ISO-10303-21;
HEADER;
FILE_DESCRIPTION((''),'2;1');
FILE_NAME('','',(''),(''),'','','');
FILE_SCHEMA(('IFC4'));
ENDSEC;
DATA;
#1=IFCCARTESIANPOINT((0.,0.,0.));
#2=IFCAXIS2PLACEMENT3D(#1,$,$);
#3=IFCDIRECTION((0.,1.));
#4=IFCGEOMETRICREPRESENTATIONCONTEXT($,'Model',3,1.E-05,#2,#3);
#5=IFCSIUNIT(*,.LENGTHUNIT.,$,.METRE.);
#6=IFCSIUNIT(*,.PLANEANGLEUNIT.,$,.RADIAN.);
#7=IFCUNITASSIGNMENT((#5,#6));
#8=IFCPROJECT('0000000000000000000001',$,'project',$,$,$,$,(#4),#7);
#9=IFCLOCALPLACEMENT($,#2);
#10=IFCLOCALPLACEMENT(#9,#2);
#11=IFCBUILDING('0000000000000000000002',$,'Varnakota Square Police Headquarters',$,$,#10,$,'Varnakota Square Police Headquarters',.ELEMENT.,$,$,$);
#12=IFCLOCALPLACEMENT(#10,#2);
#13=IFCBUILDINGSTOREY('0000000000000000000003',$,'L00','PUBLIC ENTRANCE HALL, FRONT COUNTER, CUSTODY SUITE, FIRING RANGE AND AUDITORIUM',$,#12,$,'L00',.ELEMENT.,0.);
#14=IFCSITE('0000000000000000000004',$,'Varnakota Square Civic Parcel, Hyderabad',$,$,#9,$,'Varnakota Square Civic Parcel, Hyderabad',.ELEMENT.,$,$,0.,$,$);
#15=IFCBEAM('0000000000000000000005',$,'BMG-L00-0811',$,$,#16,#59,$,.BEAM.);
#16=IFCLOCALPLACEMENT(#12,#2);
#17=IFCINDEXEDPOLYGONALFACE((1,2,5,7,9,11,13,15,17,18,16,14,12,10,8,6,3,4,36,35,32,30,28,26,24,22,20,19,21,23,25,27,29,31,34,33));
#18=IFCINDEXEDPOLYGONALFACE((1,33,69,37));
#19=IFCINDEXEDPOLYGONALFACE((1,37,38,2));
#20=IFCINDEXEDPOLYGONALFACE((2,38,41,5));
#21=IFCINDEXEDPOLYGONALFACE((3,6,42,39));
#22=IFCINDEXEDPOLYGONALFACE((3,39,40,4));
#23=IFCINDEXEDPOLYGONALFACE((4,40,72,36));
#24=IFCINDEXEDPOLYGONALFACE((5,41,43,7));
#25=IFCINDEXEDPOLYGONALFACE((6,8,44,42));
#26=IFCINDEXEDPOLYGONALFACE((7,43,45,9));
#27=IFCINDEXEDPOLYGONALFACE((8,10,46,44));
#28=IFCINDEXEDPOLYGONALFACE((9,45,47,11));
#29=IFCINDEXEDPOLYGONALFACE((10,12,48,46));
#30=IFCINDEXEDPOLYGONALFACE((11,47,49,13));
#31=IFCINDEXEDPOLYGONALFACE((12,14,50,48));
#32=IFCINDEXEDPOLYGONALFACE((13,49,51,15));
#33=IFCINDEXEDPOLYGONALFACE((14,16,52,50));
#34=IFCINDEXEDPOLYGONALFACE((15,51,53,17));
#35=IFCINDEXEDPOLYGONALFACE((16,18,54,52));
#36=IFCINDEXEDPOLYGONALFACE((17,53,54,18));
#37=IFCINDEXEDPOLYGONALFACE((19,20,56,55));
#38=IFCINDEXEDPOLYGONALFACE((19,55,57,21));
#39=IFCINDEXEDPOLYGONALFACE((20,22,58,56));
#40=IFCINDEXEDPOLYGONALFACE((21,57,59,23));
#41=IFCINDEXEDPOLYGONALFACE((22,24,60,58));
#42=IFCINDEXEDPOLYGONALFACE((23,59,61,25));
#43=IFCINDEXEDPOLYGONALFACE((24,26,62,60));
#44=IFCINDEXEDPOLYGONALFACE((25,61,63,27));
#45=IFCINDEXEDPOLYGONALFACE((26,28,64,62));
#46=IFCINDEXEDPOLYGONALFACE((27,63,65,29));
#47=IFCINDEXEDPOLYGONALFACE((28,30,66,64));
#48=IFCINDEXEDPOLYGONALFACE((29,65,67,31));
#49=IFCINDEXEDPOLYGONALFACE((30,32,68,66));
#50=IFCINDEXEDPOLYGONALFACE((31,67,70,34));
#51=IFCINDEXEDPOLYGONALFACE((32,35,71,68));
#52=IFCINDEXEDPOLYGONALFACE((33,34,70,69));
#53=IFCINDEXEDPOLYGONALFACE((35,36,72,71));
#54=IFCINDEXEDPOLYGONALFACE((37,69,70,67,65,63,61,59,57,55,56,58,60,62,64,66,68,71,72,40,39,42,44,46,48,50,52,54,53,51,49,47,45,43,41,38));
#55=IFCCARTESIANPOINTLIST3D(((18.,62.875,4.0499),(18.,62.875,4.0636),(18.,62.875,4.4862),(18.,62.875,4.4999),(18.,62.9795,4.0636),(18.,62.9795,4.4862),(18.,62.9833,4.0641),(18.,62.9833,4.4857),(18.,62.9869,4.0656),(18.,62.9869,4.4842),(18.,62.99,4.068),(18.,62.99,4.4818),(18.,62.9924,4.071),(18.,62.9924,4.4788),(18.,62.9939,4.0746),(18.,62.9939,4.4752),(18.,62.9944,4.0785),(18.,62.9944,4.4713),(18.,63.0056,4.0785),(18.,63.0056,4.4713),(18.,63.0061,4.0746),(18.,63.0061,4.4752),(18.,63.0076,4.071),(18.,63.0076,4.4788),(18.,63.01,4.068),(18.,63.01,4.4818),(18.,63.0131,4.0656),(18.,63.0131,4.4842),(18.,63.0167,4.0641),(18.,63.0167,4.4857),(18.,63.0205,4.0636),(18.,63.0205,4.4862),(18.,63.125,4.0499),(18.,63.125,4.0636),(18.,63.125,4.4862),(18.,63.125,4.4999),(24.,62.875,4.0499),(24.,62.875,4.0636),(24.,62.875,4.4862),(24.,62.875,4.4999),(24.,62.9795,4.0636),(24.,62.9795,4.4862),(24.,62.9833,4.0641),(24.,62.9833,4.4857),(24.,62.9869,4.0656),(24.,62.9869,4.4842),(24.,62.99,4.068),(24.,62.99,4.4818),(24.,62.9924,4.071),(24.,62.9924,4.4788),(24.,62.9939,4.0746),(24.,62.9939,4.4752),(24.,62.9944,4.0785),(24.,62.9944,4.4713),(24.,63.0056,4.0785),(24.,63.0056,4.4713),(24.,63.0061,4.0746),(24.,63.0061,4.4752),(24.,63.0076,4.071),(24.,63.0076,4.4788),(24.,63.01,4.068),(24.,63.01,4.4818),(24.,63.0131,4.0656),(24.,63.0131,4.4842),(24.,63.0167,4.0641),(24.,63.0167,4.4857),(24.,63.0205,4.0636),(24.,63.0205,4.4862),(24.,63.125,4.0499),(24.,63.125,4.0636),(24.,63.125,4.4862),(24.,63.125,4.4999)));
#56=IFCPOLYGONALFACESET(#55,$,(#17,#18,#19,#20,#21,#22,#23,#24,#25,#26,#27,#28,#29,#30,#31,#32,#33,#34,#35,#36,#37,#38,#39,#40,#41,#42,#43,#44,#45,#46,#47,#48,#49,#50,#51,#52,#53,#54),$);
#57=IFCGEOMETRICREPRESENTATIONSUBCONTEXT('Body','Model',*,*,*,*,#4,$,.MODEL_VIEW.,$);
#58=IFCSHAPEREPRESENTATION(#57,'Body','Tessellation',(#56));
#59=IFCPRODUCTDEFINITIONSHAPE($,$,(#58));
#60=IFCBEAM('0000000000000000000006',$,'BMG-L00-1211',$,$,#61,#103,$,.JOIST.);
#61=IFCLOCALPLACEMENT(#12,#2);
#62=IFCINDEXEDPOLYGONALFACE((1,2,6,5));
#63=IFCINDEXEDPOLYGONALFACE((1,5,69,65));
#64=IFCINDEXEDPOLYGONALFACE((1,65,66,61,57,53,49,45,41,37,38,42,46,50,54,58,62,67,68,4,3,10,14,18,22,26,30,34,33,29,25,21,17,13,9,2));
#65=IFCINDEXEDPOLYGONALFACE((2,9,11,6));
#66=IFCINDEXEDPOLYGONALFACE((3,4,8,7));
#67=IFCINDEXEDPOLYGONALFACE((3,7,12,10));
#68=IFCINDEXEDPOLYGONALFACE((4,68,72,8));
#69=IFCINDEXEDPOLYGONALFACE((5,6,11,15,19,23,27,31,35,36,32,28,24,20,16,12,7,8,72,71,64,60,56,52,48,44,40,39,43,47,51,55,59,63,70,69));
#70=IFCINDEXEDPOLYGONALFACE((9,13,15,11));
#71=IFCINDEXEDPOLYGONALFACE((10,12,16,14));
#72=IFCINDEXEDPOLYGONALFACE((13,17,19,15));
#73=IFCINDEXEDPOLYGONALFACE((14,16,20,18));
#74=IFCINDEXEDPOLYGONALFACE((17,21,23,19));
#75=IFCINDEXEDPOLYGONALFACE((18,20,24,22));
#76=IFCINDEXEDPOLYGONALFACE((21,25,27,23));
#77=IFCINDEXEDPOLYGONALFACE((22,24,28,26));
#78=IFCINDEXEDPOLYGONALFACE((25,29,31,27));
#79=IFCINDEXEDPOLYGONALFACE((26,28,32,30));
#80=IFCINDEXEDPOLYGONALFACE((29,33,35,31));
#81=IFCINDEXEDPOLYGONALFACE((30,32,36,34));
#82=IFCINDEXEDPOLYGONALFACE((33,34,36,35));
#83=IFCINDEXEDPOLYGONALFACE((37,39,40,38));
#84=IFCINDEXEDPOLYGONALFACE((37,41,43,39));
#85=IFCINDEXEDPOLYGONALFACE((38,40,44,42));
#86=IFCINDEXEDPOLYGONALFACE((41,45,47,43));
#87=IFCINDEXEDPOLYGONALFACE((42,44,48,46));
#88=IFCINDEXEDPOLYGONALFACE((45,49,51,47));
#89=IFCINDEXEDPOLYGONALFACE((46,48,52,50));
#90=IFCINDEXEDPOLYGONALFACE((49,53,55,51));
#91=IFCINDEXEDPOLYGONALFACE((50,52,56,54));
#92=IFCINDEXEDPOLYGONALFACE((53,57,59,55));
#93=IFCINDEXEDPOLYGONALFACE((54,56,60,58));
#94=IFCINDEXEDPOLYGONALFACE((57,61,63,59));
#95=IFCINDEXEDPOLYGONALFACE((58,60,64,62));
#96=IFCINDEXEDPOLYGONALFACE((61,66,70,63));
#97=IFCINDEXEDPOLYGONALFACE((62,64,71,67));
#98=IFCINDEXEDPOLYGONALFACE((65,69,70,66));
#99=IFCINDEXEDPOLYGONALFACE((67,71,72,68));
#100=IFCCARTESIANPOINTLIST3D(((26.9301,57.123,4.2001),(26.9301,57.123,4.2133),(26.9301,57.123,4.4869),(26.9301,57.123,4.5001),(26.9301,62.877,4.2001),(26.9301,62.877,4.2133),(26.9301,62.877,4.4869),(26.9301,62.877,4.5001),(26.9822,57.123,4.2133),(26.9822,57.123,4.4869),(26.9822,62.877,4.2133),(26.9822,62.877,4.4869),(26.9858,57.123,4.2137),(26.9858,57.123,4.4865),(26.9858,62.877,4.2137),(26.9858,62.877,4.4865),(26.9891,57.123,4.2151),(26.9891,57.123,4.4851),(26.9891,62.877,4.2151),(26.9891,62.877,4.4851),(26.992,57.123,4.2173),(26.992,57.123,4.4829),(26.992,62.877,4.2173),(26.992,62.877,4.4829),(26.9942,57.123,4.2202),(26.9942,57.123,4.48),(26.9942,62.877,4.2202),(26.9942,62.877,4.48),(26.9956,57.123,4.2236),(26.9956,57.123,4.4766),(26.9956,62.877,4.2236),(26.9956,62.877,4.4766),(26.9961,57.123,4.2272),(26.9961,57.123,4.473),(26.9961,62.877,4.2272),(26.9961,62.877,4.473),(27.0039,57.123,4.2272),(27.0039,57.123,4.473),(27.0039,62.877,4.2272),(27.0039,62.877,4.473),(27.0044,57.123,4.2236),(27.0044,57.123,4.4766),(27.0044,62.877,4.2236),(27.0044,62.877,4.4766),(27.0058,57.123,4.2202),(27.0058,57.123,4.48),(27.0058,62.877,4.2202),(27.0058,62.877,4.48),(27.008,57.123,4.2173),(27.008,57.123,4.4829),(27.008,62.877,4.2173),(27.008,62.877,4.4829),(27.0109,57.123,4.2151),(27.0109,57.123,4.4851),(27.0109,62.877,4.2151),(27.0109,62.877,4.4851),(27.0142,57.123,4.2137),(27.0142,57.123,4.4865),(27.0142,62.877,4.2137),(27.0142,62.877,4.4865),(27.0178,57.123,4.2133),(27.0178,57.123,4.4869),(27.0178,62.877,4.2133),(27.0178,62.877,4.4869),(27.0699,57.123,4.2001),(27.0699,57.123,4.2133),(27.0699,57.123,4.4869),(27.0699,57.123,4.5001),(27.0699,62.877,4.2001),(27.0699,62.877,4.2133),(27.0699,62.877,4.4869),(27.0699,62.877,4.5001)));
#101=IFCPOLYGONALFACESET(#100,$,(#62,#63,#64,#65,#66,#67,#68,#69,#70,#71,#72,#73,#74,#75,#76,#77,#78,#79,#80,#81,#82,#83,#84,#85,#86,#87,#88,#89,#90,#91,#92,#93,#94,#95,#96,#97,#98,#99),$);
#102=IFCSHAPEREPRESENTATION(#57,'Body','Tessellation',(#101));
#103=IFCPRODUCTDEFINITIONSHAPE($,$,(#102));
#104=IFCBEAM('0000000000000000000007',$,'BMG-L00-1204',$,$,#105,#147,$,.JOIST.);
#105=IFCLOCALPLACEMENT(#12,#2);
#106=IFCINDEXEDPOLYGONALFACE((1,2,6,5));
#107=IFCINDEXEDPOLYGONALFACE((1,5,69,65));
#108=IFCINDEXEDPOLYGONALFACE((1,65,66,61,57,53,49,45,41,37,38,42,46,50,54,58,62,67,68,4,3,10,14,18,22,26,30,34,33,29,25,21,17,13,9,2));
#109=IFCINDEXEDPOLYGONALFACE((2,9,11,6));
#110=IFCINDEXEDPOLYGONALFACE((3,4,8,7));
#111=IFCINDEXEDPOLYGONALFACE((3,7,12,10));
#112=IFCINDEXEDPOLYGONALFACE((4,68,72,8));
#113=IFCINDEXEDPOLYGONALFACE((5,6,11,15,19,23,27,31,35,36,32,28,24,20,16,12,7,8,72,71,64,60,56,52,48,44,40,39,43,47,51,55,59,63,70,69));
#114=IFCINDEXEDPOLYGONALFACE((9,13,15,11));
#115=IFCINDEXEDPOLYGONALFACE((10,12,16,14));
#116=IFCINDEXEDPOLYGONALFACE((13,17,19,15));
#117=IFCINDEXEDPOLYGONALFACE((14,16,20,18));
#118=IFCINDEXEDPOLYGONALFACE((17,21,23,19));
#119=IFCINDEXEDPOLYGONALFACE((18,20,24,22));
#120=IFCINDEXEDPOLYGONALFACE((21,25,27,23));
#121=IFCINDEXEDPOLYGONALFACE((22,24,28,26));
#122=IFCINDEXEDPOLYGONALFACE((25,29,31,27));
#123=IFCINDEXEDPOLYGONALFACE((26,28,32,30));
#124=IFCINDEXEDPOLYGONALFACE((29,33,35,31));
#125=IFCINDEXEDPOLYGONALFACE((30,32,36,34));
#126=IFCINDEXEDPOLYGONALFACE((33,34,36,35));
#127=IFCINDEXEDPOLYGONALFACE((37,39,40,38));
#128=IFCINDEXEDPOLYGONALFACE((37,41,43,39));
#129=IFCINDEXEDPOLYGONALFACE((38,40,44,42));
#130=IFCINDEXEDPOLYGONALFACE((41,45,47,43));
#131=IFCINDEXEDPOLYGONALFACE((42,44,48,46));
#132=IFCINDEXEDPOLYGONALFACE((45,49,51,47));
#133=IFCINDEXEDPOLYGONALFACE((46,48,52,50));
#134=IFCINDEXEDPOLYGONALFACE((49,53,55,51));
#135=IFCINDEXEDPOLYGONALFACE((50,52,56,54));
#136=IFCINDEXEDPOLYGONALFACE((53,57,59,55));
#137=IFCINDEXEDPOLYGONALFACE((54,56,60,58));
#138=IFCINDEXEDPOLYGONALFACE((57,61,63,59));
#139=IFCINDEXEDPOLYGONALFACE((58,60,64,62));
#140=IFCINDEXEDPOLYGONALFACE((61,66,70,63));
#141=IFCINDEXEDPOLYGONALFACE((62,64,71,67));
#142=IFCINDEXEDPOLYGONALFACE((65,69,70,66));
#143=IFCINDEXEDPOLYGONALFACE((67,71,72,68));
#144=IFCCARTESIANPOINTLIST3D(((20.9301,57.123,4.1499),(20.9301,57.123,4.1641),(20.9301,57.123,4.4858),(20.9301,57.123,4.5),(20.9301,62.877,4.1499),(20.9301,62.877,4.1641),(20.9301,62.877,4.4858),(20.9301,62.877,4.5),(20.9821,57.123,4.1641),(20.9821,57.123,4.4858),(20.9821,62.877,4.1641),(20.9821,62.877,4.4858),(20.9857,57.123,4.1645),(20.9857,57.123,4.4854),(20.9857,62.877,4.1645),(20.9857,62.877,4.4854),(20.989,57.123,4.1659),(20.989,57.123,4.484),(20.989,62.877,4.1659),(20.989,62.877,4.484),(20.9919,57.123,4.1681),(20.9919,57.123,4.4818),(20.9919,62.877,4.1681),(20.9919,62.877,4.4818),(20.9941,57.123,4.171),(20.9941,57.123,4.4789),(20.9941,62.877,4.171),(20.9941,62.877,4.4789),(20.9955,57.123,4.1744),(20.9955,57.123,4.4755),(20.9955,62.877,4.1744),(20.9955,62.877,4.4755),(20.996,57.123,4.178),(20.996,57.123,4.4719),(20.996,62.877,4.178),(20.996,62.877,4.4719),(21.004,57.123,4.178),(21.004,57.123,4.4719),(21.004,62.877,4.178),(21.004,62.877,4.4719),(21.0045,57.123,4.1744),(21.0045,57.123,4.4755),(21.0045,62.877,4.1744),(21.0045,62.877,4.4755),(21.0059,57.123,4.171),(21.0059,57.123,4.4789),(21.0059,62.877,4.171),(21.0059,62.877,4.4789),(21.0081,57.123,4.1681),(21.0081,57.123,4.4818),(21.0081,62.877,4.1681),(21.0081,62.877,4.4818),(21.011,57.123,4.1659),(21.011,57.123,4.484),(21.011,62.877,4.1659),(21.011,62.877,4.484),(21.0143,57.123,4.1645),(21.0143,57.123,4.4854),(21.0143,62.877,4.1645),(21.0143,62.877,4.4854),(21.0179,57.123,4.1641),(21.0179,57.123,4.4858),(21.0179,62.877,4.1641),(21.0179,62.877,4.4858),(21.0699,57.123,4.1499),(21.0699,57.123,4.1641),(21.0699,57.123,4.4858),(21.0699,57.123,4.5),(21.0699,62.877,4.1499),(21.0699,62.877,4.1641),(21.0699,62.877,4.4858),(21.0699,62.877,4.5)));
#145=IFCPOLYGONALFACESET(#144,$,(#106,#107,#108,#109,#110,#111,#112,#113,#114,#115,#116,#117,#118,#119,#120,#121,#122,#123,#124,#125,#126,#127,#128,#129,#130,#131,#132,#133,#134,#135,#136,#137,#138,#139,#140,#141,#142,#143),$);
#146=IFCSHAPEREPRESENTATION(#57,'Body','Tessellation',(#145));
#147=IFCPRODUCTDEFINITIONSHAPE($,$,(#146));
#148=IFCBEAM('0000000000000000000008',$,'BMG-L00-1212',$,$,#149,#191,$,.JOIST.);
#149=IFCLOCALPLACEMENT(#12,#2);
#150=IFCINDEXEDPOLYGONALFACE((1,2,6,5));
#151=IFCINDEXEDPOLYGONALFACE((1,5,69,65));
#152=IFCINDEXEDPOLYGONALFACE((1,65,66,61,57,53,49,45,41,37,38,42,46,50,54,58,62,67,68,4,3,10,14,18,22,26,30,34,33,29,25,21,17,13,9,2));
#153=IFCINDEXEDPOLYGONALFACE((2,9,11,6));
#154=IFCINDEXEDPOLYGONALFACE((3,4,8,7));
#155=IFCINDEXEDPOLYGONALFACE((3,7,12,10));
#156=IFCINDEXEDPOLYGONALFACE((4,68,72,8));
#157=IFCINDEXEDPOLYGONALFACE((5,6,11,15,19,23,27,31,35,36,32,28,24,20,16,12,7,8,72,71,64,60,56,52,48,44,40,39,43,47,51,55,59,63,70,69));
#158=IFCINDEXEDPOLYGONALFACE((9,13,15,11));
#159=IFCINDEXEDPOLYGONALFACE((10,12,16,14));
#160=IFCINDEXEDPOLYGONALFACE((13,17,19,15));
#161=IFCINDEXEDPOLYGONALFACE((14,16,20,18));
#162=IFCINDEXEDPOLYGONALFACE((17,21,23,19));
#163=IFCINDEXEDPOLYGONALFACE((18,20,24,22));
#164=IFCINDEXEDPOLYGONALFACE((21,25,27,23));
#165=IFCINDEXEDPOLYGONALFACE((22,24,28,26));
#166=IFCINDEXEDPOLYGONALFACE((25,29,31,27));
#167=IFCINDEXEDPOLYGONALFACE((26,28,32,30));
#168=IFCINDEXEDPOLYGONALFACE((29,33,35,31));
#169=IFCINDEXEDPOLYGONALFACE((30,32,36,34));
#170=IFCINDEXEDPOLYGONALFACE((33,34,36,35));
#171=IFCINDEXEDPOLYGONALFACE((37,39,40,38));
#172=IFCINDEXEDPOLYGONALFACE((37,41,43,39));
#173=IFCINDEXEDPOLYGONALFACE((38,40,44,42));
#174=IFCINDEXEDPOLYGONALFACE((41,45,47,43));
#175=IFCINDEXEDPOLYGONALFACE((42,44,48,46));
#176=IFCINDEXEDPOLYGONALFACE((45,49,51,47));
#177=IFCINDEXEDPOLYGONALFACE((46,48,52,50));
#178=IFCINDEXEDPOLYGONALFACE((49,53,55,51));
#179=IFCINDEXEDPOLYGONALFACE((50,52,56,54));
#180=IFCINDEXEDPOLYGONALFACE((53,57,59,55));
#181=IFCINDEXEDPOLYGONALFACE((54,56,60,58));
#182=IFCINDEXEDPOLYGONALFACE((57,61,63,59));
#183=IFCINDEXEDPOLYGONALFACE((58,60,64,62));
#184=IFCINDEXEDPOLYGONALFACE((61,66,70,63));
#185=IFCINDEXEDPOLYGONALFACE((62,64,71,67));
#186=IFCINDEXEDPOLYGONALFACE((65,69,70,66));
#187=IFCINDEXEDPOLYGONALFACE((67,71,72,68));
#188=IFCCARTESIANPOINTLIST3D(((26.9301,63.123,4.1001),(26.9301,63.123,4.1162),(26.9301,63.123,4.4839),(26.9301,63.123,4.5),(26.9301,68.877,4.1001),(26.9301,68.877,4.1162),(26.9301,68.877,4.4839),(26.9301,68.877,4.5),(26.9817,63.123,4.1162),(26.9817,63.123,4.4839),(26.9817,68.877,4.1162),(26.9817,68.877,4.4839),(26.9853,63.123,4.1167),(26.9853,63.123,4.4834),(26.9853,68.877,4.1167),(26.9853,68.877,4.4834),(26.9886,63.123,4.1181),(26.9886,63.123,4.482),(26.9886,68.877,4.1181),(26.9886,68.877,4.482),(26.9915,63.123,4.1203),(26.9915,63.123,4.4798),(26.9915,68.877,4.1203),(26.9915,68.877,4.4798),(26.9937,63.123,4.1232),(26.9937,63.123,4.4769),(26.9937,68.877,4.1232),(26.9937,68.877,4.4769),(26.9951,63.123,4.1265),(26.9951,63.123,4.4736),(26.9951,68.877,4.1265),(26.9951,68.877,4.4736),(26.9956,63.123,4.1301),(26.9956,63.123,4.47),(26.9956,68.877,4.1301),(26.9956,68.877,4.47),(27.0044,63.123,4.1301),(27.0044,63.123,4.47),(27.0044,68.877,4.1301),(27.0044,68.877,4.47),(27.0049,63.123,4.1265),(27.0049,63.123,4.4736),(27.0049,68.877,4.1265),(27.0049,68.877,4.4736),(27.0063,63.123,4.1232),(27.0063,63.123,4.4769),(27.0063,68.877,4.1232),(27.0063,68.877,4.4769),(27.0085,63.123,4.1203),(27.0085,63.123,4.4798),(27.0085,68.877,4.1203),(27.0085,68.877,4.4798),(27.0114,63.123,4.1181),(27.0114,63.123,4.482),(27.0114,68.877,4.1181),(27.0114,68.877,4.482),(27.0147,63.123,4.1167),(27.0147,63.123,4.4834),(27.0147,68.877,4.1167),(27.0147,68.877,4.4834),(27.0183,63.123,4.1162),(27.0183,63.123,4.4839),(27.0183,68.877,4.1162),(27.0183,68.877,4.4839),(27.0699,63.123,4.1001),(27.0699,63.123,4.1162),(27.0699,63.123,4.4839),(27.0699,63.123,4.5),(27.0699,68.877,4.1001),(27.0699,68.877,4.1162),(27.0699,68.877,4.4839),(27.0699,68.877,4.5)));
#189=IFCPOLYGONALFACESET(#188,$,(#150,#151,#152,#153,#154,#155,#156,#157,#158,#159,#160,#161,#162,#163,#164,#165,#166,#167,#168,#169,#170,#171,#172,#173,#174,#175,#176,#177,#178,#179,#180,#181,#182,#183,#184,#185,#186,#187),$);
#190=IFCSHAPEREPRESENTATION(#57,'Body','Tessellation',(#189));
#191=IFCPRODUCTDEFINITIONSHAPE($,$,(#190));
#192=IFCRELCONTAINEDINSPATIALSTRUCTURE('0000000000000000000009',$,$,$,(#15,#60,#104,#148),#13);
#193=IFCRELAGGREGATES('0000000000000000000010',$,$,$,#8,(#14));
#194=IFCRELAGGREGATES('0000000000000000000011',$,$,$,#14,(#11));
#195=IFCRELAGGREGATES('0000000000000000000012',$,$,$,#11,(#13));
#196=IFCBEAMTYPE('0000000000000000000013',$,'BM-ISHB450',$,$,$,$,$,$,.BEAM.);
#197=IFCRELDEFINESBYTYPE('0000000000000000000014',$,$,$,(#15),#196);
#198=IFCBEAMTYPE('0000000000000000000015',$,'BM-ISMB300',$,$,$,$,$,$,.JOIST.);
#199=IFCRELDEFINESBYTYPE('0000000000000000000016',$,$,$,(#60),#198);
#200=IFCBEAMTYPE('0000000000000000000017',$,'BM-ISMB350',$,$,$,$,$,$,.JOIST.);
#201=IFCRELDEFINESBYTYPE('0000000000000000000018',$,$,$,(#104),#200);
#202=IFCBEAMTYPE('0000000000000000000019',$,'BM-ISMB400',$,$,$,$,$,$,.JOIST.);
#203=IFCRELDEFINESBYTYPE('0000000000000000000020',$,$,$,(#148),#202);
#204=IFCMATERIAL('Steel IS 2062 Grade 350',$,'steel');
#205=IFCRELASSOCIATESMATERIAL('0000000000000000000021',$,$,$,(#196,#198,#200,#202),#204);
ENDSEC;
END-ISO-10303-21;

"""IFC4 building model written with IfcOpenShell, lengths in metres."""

from ifc_helpers import new_model, si_unit, direction, frame, origin, origin_2d, place, context, subcontext, project, spatial, i_section, extrude, material, material_profile, profile_set, type_object, element, save


model = new_model("IFC4")

# Units and contexts
model_context = context("Model", 3, precision=1e-05, world=origin(), true_north=direction((0.0, 1.0)))
body_context = subcontext(model_context, "Body", "Model", "MODEL_VIEW")
ifc_project = project(units=[si_unit("LENGTHUNIT", "METRE"), si_unit("PLANEANGLEUNIT", "RADIAN")], contexts=[model_context])

# Site, building, storey
site_placement = place(None, origin())
site = spatial("IfcSite", under=ifc_project, at=site_placement, Name="Varnakota Square Civic Parcel, Hyderabad", LongName="Varnakota Square Civic Parcel, Hyderabad", CompositionType="ELEMENT", RefElevation=0.0)
building_placement = place(site_placement, origin())
building = spatial("IfcBuilding", under=site, at=building_placement, Name="Varnakota Square Police Headquarters", LongName="Varnakota Square Police Headquarters", CompositionType="ELEMENT")
storey_placement = place(building_placement, origin())
storey = spatial("IfcBuildingStorey", under=building, at=storey_placement, Name="L00", Description="PUBLIC ENTRANCE HALL, FRONT COUNTER, CUSTODY SUITE, FIRING RANGE AND AUDITORIUM", LongName="L00", CompositionType="ELEMENT", Elevation=0.0)

# Beams
ifc_material_1 = material(Name="Steel IS 2062 Grade 350", Category="steel")
ifc_material_profile_1 = material_profile(ifc_material_1, i_section(OverallWidth=0.25, OverallDepth=0.45, WebThickness=0.0112, FlangeThickness=0.0137, FilletRadius=0.0149, at=origin_2d()), Name="ISHB 450")
ifc_profile_set_1 = profile_set([ifc_material_profile_1], Name="Steel IS 2062 Grade 350")
beam_type_1 = type_object("IfcBeamType", Name="BM-ISHB450", PredefinedType="BEAM", material=ifc_profile_set_1)
beam_1_placement = place(storey_placement, frame((18.0, 63.0, 4.2749), z_axis=(1.0, 0.0, 0.0), x_axis=(0.0, 1.0, 0.0)))
element("IfcBeam", 1, at=beam_1_placement, inside=storey, type_object=beam_type_1, Name="BMG-L00-0811", PredefinedType="BEAM", context=body_context, shape_type="SweptSolid", body=[
    extrude(i_section(OverallWidth=0.25, OverallDepth=0.45, WebThickness=0.0112, FlangeThickness=0.0137, FilletRadius=0.0149, at=origin_2d()), origin(), (0.0, 0.0, 1.0), 6.0),
])
ifc_material_profile_2 = material_profile(ifc_material_1, i_section(OverallWidth=0.1399, OverallDepth=0.3, WebThickness=0.0078, FlangeThickness=0.0132, FilletRadius=0.0139, at=origin_2d()), Name="ISMB 300")
ifc_profile_set_2 = profile_set([ifc_material_profile_2], Name="Steel IS 2062 Grade 350")
beam_type_2 = type_object("IfcBeamType", Name="BM-ISMB300", PredefinedType="JOIST", material=ifc_profile_set_2)
beam_2_placement = place(storey_placement, frame((27.0, 57.123, 4.3501), z_axis=(0.0, 1.0, 0.0), x_axis=(-1.0, 0.0, 0.0)))
element("IfcBeam", 2, at=beam_2_placement, inside=storey, type_object=beam_type_2, Name="BMG-L00-1211", PredefinedType="JOIST", context=body_context, shape_type="SweptSolid", body=[
    extrude(i_section(OverallWidth=0.1399, OverallDepth=0.3, WebThickness=0.0078, FlangeThickness=0.0132, FilletRadius=0.0139, at=origin_2d()), origin(), (0.0, 0.0, 1.0), 5.7539),
])
ifc_material_profile_3 = material_profile(ifc_material_1, i_section(OverallWidth=0.1399, OverallDepth=0.3501, WebThickness=0.0081, FlangeThickness=0.0142, FilletRadius=0.0139, at=origin_2d()), Name="ISMB 350")
ifc_profile_set_3 = profile_set([ifc_material_profile_3], Name="Steel IS 2062 Grade 350")
beam_type_3 = type_object("IfcBeamType", Name="BM-ISMB350", PredefinedType="JOIST", material=ifc_profile_set_3)
beam_3_placement = place(storey_placement, frame((21.0, 57.123, 4.325), z_axis=(0.0, 1.0, 0.0), x_axis=(-1.0, 0.0, 0.0)))
element("IfcBeam", 3, at=beam_3_placement, inside=storey, type_object=beam_type_3, Name="BMG-L00-1204", PredefinedType="JOIST", context=body_context, shape_type="SweptSolid", body=[
    extrude(i_section(OverallWidth=0.1399, OverallDepth=0.3501, WebThickness=0.0081, FlangeThickness=0.0142, FilletRadius=0.0139, at=origin_2d()), origin(), (0.0, 0.0, 1.0), 5.7539),
])
ifc_material_profile_4 = material_profile(ifc_material_1, i_section(OverallWidth=0.1399, OverallDepth=0.3999, WebThickness=0.0088, FlangeThickness=0.0161, FilletRadius=0.0139, at=origin_2d()), Name="ISMB 400")
ifc_profile_set_4 = profile_set([ifc_material_profile_4], Name="Steel IS 2062 Grade 350")
beam_type_4 = type_object("IfcBeamType", Name="BM-ISMB400", PredefinedType="JOIST", material=ifc_profile_set_4)
beam_4_placement = place(storey_placement, frame((27.0, 63.123, 4.3), z_axis=(0.0, 1.0, 0.0), x_axis=(-1.0, 0.0, 0.0)))
element("IfcBeam", 4, at=beam_4_placement, inside=storey, type_object=beam_type_4, Name="BMG-L00-1212", PredefinedType="JOIST", context=body_context, shape_type="SweptSolid", body=[
    extrude(i_section(OverallWidth=0.1399, OverallDepth=0.3999, WebThickness=0.0088, FlangeThickness=0.0161, FilletRadius=0.0139, at=origin_2d()), origin(), (0.0, 0.0, 1.0), 5.7539),
])

save(model, "model.ifc")
